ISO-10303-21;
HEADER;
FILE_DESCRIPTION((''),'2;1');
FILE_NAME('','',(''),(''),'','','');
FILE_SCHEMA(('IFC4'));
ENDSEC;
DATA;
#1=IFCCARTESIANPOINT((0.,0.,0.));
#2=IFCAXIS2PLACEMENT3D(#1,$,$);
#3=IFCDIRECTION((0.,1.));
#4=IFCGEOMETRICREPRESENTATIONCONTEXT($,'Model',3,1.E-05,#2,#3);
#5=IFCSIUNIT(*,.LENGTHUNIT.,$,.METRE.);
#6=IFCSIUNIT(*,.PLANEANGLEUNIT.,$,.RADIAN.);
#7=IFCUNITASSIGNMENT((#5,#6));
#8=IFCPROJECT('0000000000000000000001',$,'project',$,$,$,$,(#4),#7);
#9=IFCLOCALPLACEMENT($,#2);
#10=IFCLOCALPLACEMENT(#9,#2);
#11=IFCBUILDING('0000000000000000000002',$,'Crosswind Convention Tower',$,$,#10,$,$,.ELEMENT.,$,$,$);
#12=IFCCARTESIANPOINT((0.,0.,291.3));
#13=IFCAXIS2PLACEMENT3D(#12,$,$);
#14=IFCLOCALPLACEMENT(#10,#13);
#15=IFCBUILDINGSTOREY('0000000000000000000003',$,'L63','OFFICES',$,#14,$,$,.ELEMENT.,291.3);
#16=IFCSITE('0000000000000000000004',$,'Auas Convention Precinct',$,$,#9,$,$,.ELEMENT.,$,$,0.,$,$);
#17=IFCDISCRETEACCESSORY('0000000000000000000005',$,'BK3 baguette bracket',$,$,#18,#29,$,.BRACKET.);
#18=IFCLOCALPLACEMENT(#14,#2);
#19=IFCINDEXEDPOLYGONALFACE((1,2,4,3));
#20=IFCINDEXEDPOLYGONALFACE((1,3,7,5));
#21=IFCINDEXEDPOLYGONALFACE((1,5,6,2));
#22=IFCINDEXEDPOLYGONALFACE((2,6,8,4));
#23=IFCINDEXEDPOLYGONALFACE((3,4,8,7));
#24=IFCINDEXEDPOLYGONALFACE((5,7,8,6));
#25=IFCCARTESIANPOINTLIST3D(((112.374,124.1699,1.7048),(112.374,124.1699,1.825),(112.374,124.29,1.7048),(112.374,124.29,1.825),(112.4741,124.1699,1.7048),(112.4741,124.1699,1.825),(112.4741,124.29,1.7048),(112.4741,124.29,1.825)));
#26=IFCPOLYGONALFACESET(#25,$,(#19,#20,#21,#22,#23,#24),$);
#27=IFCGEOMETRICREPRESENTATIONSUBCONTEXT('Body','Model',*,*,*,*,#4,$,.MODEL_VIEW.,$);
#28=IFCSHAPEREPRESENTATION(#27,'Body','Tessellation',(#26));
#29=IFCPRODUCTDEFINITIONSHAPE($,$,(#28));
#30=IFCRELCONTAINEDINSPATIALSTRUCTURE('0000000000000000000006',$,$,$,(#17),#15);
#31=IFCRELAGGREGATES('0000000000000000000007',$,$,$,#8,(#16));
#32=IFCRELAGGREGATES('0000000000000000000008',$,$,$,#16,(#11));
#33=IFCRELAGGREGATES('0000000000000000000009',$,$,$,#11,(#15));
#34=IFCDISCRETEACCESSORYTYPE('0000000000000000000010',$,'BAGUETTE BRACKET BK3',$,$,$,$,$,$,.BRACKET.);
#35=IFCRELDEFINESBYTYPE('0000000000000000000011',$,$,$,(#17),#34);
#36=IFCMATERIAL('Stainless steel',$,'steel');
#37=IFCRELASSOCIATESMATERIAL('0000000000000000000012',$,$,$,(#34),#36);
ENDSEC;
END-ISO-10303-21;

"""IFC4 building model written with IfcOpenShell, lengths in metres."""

from ifc_helpers import new_model, si_unit, direction, frame, origin, origin_2d, place, context, subcontext, project, spatial, rectangle, extrude, material, type_object, element, save


model = new_model("IFC4")

# Units and contexts
model_context = context("Model", 3, precision=1e-05, world=origin(), true_north=direction((0.0, 1.0)))
body_context = subcontext(model_context, "Body", "Model", "MODEL_VIEW")
ifc_project = project(units=[si_unit("LENGTHUNIT", "METRE"), si_unit("PLANEANGLEUNIT", "RADIAN")], contexts=[model_context])

# Site, building, storey
site_placement = place(None, origin())
site = spatial("IfcSite", under=ifc_project, at=site_placement, Name="Auas Convention Precinct", CompositionType="ELEMENT", RefElevation=0.0)
building_placement = place(site_placement, origin())
building = spatial("IfcBuilding", under=site, at=building_placement, Name="Crosswind Convention Tower", CompositionType="ELEMENT")
storey_placement = place(building_placement, frame((0.0, 0.0, 291.3)))
storey = spatial("IfcBuildingStorey", under=building, at=storey_placement, Name="L63", Description="OFFICES", CompositionType="ELEMENT", Elevation=291.3)

# Discrete accessory
ifc_material_1 = material(Name="Stainless steel", Category="steel")
discrete_accessory_type = type_object("IfcDiscreteAccessoryType", Name="BAGUETTE BRACKET BK3", PredefinedType="BRACKET", material=ifc_material_1)
discrete_accessory_placement = place(storey_placement, frame((112.4241, 124.23, 1.7048), z_axis=(0.0, 0.0, 1.0), x_axis=(0.0, -1.0, 0.0)))
element("IfcDiscreteAccessory", 1, at=discrete_accessory_placement, inside=storey, type_object=discrete_accessory_type, Name="BK3 baguette bracket", PredefinedType="BRACKET", context=body_context, shape_type="SweptSolid", body=[
    extrude(rectangle(XDim=0.1201, YDim=0.1001, at=origin_2d()), origin(), (0.0, 0.0, 1.0), 0.1201),
])

save(model, "model.ifc")
